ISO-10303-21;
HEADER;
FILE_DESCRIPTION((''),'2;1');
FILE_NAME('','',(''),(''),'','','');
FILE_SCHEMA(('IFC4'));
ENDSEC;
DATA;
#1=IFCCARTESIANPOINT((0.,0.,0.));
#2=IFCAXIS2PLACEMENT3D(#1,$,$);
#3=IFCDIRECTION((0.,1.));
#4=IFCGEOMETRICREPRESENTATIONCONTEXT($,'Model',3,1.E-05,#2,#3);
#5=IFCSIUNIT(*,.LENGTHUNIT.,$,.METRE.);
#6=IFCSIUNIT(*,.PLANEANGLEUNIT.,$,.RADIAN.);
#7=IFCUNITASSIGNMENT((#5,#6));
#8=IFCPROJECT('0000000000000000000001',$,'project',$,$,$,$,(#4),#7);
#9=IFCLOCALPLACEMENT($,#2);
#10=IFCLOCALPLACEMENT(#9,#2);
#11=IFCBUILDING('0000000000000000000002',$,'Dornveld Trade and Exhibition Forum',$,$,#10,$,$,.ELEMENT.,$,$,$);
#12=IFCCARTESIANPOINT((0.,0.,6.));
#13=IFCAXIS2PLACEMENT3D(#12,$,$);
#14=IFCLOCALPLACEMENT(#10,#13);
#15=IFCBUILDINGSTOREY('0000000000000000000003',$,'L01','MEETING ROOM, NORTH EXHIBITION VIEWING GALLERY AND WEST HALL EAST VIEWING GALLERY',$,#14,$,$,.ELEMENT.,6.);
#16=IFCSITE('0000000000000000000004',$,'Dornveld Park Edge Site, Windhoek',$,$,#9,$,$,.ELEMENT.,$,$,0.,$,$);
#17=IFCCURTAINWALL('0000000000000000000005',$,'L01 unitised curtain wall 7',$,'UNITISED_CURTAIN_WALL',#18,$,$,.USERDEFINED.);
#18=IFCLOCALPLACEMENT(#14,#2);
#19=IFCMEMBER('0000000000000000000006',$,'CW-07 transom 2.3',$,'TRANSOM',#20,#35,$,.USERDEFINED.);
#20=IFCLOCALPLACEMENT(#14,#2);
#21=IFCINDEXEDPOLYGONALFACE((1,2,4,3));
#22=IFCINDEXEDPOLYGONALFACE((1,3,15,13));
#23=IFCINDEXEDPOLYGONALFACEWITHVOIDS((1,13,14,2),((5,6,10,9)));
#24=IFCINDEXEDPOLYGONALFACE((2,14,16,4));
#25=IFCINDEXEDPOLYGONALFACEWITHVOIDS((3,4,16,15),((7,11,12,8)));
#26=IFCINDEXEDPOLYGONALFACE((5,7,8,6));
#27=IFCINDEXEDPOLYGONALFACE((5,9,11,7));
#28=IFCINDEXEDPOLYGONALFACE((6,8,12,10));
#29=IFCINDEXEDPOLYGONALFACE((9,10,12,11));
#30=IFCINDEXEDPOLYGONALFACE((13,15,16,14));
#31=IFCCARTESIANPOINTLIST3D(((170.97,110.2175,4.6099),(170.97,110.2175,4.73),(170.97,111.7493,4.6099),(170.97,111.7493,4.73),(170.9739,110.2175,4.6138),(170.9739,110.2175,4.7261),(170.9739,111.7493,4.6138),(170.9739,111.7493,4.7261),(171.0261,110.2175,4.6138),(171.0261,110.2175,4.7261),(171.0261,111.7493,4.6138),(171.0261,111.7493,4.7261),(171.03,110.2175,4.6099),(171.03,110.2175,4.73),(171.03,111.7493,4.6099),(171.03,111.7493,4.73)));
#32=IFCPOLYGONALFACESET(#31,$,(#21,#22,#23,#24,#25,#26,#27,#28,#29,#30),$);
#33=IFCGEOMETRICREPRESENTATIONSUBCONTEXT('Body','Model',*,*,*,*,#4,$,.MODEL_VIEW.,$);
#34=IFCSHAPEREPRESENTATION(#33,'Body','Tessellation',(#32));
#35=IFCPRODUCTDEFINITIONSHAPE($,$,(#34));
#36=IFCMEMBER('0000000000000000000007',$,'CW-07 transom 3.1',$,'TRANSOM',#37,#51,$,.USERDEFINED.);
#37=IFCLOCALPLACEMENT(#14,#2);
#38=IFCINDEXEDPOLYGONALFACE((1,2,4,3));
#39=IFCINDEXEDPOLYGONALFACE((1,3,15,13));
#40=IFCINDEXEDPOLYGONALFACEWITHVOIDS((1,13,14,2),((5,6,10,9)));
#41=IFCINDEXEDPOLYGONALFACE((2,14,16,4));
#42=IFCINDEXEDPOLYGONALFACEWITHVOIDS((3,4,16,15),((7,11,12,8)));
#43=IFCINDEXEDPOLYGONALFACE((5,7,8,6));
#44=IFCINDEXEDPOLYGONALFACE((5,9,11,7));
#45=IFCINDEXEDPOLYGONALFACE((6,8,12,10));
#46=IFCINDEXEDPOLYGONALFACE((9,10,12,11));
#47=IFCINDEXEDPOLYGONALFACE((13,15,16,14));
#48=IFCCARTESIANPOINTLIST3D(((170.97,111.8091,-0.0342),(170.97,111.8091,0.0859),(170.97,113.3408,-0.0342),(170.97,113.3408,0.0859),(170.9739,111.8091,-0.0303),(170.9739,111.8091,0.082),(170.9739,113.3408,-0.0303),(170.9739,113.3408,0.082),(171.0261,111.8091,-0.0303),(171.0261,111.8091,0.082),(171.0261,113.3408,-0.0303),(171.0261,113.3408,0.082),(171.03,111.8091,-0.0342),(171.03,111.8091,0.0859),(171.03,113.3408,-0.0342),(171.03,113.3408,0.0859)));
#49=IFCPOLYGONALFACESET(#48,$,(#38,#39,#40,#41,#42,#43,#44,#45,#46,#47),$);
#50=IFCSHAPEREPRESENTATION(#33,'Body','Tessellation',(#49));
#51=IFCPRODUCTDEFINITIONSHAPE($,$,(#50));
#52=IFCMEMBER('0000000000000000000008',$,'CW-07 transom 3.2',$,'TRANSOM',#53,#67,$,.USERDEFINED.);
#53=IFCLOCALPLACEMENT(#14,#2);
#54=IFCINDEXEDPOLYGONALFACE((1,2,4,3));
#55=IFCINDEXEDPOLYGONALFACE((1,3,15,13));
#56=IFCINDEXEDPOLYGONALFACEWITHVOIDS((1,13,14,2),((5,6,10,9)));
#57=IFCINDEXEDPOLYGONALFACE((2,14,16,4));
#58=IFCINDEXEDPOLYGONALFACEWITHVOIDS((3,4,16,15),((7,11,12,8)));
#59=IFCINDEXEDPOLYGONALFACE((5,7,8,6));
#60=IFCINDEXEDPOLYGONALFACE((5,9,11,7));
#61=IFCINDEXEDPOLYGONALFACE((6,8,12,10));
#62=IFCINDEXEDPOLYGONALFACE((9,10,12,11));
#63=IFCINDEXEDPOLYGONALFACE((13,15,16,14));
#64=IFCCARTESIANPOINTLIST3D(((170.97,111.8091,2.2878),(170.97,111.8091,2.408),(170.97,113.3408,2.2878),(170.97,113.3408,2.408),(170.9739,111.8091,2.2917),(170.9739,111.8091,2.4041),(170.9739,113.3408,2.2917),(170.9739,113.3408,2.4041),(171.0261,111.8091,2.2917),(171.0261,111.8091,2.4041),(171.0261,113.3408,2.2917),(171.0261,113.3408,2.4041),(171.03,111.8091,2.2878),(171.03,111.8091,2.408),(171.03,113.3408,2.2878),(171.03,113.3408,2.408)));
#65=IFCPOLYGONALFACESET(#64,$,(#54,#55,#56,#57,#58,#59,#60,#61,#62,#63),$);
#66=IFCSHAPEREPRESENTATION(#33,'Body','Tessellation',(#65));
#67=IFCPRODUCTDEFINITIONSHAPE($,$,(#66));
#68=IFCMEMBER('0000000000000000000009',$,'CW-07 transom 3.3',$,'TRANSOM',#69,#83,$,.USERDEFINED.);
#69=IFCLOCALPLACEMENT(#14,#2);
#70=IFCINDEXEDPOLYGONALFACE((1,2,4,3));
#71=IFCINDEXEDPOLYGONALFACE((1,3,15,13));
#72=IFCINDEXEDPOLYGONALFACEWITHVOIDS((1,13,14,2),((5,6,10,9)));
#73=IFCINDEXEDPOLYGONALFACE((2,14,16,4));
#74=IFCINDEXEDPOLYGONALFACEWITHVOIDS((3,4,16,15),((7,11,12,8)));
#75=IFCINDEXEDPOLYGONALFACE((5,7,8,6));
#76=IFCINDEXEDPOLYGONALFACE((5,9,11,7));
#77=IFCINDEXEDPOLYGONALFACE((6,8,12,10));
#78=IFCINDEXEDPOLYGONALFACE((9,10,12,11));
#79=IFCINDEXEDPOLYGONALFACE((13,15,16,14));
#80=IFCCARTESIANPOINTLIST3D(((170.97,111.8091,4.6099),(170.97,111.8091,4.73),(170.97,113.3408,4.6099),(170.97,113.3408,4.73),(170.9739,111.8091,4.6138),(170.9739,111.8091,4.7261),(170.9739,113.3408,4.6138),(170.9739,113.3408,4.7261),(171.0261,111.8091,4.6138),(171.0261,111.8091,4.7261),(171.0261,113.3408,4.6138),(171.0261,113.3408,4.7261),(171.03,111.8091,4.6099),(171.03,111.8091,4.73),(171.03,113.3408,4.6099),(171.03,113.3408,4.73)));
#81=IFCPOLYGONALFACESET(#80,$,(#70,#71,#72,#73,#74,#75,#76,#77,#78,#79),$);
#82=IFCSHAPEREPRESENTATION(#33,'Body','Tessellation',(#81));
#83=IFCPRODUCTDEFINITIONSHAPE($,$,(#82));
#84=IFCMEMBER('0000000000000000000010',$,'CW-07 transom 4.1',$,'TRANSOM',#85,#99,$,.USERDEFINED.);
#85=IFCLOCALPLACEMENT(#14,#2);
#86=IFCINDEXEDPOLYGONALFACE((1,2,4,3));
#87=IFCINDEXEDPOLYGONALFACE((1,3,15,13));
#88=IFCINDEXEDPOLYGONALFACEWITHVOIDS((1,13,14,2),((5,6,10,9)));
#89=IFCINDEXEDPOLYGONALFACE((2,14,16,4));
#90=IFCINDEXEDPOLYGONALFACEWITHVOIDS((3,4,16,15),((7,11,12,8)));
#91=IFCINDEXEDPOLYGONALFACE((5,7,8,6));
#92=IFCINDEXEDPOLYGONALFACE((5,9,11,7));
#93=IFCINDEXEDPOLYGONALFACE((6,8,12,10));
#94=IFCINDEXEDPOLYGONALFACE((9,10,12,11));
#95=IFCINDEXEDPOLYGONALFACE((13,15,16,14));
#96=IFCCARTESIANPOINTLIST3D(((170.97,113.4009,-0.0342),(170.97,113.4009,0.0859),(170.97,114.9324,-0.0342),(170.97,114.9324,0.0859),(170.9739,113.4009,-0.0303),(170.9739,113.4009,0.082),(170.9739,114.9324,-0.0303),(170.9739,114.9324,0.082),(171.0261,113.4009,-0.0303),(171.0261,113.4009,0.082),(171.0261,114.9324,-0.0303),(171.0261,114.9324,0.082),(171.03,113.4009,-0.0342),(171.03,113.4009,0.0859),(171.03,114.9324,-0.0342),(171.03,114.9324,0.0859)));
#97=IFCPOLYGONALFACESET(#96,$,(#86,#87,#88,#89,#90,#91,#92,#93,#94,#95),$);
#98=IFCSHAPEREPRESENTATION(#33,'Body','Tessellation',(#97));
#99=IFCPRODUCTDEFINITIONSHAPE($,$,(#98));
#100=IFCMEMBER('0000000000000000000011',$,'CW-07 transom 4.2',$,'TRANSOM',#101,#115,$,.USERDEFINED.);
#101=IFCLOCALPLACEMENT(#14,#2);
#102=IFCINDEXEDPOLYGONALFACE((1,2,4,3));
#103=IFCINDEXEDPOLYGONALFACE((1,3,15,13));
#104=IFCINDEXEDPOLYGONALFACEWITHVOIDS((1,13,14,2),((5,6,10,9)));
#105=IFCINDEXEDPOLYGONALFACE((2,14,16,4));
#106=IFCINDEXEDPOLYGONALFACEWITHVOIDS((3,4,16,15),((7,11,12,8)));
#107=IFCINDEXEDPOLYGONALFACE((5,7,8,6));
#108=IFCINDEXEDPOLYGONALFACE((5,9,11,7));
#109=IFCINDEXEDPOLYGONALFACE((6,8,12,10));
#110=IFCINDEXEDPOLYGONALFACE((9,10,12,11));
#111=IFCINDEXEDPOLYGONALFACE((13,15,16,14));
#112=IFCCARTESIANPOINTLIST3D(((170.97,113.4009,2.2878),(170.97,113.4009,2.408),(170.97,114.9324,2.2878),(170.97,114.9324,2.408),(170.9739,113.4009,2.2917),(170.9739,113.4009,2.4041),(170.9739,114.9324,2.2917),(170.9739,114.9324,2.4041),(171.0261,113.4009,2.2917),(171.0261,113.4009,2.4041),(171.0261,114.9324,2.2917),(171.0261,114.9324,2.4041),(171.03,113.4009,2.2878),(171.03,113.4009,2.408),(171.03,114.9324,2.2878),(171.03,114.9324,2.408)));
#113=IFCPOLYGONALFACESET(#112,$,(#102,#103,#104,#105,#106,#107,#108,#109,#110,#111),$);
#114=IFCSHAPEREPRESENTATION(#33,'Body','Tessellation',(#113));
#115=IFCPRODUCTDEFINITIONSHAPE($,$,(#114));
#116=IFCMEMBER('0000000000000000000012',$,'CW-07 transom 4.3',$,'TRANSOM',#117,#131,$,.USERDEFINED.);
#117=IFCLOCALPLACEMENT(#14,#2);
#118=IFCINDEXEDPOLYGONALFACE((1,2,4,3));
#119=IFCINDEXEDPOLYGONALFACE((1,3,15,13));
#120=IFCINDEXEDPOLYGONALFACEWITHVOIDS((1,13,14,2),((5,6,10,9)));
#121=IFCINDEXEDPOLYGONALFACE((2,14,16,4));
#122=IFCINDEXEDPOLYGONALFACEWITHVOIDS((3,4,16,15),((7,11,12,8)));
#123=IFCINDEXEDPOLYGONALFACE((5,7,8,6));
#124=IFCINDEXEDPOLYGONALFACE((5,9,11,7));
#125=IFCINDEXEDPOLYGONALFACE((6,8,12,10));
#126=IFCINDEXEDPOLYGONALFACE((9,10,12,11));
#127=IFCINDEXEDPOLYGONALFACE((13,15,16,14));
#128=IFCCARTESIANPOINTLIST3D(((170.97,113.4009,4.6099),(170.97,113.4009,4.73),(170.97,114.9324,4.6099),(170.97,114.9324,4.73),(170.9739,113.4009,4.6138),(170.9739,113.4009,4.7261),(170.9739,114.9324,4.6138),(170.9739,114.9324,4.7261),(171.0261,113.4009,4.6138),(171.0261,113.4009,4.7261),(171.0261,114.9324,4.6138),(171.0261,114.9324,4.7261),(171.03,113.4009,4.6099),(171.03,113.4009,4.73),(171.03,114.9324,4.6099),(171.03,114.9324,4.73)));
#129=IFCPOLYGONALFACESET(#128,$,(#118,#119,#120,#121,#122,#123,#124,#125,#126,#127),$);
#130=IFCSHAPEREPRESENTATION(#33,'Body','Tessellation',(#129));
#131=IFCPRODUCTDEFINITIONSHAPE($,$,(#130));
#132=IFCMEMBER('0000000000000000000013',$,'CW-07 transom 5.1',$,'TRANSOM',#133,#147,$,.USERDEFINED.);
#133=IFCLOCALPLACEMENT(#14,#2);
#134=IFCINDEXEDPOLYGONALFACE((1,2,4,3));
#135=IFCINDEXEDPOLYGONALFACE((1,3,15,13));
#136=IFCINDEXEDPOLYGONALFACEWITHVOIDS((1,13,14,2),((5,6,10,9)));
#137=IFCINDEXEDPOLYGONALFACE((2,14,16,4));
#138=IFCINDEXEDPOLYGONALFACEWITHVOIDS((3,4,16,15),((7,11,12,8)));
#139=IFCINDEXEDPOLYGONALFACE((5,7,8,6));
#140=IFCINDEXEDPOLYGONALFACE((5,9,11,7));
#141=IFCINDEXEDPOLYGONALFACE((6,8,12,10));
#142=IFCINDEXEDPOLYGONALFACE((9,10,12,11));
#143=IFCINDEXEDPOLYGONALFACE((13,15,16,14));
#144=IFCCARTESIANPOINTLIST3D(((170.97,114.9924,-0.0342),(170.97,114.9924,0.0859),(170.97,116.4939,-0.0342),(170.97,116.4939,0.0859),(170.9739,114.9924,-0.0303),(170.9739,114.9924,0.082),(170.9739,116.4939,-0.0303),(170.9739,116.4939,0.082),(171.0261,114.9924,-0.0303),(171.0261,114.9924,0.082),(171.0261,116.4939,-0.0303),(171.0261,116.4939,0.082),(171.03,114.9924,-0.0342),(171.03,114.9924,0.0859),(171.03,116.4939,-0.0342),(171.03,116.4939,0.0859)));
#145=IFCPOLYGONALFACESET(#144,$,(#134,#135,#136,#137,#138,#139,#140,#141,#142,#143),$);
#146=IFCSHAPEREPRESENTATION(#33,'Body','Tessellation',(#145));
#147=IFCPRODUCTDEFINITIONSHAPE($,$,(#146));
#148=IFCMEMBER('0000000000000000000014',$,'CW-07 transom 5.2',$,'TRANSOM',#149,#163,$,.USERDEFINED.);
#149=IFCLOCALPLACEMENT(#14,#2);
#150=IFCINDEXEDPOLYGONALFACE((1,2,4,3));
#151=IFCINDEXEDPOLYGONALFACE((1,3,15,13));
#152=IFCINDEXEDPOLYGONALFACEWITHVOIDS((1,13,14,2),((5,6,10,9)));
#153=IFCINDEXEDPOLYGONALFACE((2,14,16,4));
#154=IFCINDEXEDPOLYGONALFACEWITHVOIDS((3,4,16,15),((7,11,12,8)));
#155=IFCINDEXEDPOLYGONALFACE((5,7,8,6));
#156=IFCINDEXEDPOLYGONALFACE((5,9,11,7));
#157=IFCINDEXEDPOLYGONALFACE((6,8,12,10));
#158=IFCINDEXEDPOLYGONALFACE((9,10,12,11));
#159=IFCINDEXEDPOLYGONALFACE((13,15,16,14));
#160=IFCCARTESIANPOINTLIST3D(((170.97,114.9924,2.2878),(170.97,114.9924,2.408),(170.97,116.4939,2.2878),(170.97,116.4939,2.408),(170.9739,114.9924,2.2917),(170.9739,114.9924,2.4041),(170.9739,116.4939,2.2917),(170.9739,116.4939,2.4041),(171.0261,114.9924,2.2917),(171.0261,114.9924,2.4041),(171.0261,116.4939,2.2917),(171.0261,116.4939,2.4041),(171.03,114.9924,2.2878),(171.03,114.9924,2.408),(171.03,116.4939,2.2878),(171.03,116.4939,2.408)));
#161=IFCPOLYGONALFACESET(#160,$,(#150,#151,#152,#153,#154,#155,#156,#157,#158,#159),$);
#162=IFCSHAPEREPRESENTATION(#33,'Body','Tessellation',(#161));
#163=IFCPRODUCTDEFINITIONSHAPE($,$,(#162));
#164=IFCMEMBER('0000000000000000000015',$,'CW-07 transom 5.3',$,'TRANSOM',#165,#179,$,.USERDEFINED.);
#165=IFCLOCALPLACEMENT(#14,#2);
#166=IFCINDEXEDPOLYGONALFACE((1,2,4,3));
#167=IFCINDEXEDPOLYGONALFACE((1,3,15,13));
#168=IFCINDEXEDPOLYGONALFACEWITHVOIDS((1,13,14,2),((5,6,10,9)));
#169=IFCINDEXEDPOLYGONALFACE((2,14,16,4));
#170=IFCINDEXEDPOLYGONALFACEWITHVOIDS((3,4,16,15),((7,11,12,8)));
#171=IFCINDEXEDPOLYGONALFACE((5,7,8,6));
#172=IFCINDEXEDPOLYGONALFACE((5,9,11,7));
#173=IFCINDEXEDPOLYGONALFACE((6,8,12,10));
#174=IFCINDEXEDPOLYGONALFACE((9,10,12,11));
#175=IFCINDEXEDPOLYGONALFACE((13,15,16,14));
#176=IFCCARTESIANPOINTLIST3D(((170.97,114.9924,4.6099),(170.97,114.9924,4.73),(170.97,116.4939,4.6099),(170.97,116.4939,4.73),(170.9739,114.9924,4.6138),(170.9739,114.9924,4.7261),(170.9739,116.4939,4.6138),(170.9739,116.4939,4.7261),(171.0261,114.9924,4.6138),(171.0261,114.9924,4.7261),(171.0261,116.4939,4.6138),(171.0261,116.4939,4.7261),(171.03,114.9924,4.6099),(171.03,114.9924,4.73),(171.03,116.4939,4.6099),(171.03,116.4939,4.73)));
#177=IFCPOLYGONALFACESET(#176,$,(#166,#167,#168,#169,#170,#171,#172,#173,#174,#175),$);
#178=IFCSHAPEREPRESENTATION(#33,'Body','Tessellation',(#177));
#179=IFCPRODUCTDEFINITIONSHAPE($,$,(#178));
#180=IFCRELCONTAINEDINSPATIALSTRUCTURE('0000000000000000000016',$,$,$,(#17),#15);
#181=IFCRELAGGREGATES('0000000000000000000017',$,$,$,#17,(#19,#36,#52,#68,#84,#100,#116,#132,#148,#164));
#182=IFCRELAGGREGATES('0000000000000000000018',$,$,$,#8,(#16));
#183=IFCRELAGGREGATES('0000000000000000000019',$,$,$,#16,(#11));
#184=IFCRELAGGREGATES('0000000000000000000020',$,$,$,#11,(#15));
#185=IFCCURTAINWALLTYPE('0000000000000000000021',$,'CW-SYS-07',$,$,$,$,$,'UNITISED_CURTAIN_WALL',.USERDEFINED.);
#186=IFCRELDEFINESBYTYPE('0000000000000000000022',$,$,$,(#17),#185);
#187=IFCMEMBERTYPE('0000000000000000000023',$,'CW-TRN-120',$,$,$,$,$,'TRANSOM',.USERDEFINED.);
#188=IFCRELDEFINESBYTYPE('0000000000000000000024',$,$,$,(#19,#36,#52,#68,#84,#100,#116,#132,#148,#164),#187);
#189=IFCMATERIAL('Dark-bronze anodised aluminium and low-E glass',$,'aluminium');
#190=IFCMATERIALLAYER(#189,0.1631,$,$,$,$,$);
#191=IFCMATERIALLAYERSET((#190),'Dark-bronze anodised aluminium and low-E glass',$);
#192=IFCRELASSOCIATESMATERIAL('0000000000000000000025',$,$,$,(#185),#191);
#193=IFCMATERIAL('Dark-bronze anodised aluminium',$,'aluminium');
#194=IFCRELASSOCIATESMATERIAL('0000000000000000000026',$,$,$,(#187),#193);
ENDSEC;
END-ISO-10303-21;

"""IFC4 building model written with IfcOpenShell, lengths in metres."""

from ifc_helpers import new_model, si_unit, direction, frame, origin, origin_2d, place, context, subcontext, project, spatial, hollow_rectangle, extrude, material, layer, layer_set, material_profile, profile_set, type_object, element, aggregate, save


model = new_model("IFC4")

# Units and contexts
model_context = context("Model", 3, precision=1e-05, world=origin(), true_north=direction((0.0, 1.0)))
body_context = subcontext(model_context, "Body", "Model", "MODEL_VIEW")
ifc_project = project(units=[si_unit("LENGTHUNIT", "METRE"), si_unit("PLANEANGLEUNIT", "RADIAN")], contexts=[model_context])

# Site, building, storey
site_placement = place(None, origin())
site = spatial("IfcSite", under=ifc_project, at=site_placement, Name="Dornveld Park Edge Site, Windhoek", CompositionType="ELEMENT", RefElevation=0.0)
building_placement = place(site_placement, origin())
building = spatial("IfcBuilding", under=site, at=building_placement, Name="Dornveld Trade and Exhibition Forum", CompositionType="ELEMENT")
storey_placement = place(building_placement, frame((0.0, 0.0, 6.0)))
storey = spatial("IfcBuildingStorey", under=building, at=storey_placement, Name="L01", Description="MEETING ROOM, NORTH EXHIBITION VIEWING GALLERY AND WEST HALL EAST VIEWING GALLERY", CompositionType="ELEMENT", Elevation=6.0)

# Curtain wall, members
ifc_material_1 = material(Name="Dark-bronze anodised aluminium and low-E glass", Category="aluminium")
ifc_layer_1 = layer(ifc_material_1, 0.1631)
ifc_layer_set_1 = layer_set([ifc_layer_1], Name="Dark-bronze anodised aluminium and low-E glass")
curtain_wall_type = type_object("IfcCurtainWallType", Name="CW-SYS-07", ElementType="UNITISED_CURTAIN_WALL", PredefinedType="USERDEFINED", material=ifc_layer_set_1)
curtain_wall_placement = place(storey_placement, origin())
curtain_wall = element("IfcCurtainWall", 1, at=curtain_wall_placement, inside=storey, type_object=curtain_wall_type, Name="L01 unitised curtain wall 7", ObjectType="UNITISED_CURTAIN_WALL", PredefinedType="USERDEFINED")
ifc_material_2 = material(Name="Dark-bronze anodised aluminium", Category="aluminium")
ifc_material_profile_1 = material_profile(ifc_material_2, hollow_rectangle(XDim=0.0601, YDim=0.1201, WallThickness=0.0039, at=origin_2d()), Name="RHS 120x60x4")
ifc_profile_set_1 = profile_set([ifc_material_profile_1], Name="Dark-bronze anodised aluminium")
member_type_1 = type_object("IfcMemberType", Name="CW-TRN-120", ElementType="TRANSOM", PredefinedType="USERDEFINED", material=ifc_profile_set_1)
member_1_placement = place(storey_placement, frame((171.0, 110.2175, 4.6699), z_axis=(0.0, 1.0, 0.0), x_axis=(-1.0, 0.0, 0.0)))
member_1 = element("IfcMember", 2, at=member_1_placement, type_object=member_type_1, Name="CW-07 transom 2.3", ObjectType="TRANSOM", PredefinedType="USERDEFINED", context=body_context, shape_type="SweptSolid", body=[
    extrude(hollow_rectangle(XDim=0.0601, YDim=0.1201, WallThickness=0.0039, at=origin_2d()), origin(), (0.0, 0.0, 1.0), 1.5317),
])
member_2_placement = place(storey_placement, frame((171.0, 111.8091, 0.0259), z_axis=(0.0, 1.0, 0.0), x_axis=(-1.0, 0.0, 0.0)))
member_2 = element("IfcMember", 3, at=member_2_placement, type_object=member_type_1, Name="CW-07 transom 3.1", ObjectType="TRANSOM", PredefinedType="USERDEFINED", context=body_context, shape_type="SweptSolid", body=[
    extrude(hollow_rectangle(XDim=0.0601, YDim=0.1201, WallThickness=0.0039, at=origin_2d()), origin(), (0.0, 0.0, 1.0), 1.5317),
])
member_3_placement = place(storey_placement, frame((171.0, 111.8091, 2.3479), z_axis=(0.0, 1.0, 0.0), x_axis=(-1.0, 0.0, 0.0)))
member_3 = element("IfcMember", 4, at=member_3_placement, type_object=member_type_1, Name="CW-07 transom 3.2", ObjectType="TRANSOM", PredefinedType="USERDEFINED", context=body_context, shape_type="SweptSolid", body=[
    extrude(hollow_rectangle(XDim=0.0601, YDim=0.1201, WallThickness=0.0039, at=origin_2d()), origin(), (0.0, 0.0, 1.0), 1.5317),
])
member_4_placement = place(storey_placement, frame((171.0, 111.8091, 4.6699), z_axis=(0.0, 1.0, 0.0), x_axis=(-1.0, 0.0, 0.0)))
member_4 = element("IfcMember", 5, at=member_4_placement, type_object=member_type_1, Name="CW-07 transom 3.3", ObjectType="TRANSOM", PredefinedType="USERDEFINED", context=body_context, shape_type="SweptSolid", body=[
    extrude(hollow_rectangle(XDim=0.0601, YDim=0.1201, WallThickness=0.0039, at=origin_2d()), origin(), (0.0, 0.0, 1.0), 1.5317),
])
member_5_placement = place(storey_placement, frame((171.0, 113.4009, 0.0259), z_axis=(0.0, 1.0, 0.0), x_axis=(-1.0, 0.0, 0.0)))
member_5 = element("IfcMember", 6, at=member_5_placement, type_object=member_type_1, Name="CW-07 transom 4.1", ObjectType="TRANSOM", PredefinedType="USERDEFINED", context=body_context, shape_type="SweptSolid", body=[
    extrude(hollow_rectangle(XDim=0.0601, YDim=0.1201, WallThickness=0.0039, at=origin_2d()), origin(), (0.0, 0.0, 1.0), 1.5315),
])
member_6_placement = place(storey_placement, frame((171.0, 113.4009, 2.3479), z_axis=(0.0, 1.0, 0.0), x_axis=(-1.0, 0.0, 0.0)))
member_6 = element("IfcMember", 7, at=member_6_placement, type_object=member_type_1, Name="CW-07 transom 4.2", ObjectType="TRANSOM", PredefinedType="USERDEFINED", context=body_context, shape_type="SweptSolid", body=[
    extrude(hollow_rectangle(XDim=0.0601, YDim=0.1201, WallThickness=0.0039, at=origin_2d()), origin(), (0.0, 0.0, 1.0), 1.5315),
])
member_7_placement = place(storey_placement, frame((171.0, 113.4009, 4.6699), z_axis=(0.0, 1.0, 0.0), x_axis=(-1.0, 0.0, 0.0)))
member_7 = element("IfcMember", 8, at=member_7_placement, type_object=member_type_1, Name="CW-07 transom 4.3", ObjectType="TRANSOM", PredefinedType="USERDEFINED", context=body_context, shape_type="SweptSolid", body=[
    extrude(hollow_rectangle(XDim=0.0601, YDim=0.1201, WallThickness=0.0039, at=origin_2d()), origin(), (0.0, 0.0, 1.0), 1.5315),
])
member_8_placement = place(storey_placement, frame((171.0, 114.9924, 0.0259), z_axis=(0.0, 1.0, 0.0), x_axis=(-1.0, 0.0, 0.0)))
member_8 = element("IfcMember", 9, at=member_8_placement, type_object=member_type_1, Name="CW-07 transom 5.1", ObjectType="TRANSOM", PredefinedType="USERDEFINED", context=body_context, shape_type="SweptSolid", body=[
    extrude(hollow_rectangle(XDim=0.0601, YDim=0.1201, WallThickness=0.0039, at=origin_2d()), origin(), (0.0, 0.0, 1.0), 1.5015),
])
member_9_placement = place(storey_placement, frame((171.0, 114.9924, 2.3479), z_axis=(0.0, 1.0, 0.0), x_axis=(-1.0, 0.0, 0.0)))
member_9 = element("IfcMember", 10, at=member_9_placement, type_object=member_type_1, Name="CW-07 transom 5.2", ObjectType="TRANSOM", PredefinedType="USERDEFINED", context=body_context, shape_type="SweptSolid", body=[
    extrude(hollow_rectangle(XDim=0.0601, YDim=0.1201, WallThickness=0.0039, at=origin_2d()), origin(), (0.0, 0.0, 1.0), 1.5015),
])
member_10_placement = place(storey_placement, frame((171.0, 114.9924, 4.6699), z_axis=(0.0, 1.0, 0.0), x_axis=(-1.0, 0.0, 0.0)))
member_10 = element("IfcMember", 11, at=member_10_placement, type_object=member_type_1, Name="CW-07 transom 5.3", ObjectType="TRANSOM", PredefinedType="USERDEFINED", context=body_context, shape_type="SweptSolid", body=[
    extrude(hollow_rectangle(XDim=0.0601, YDim=0.1201, WallThickness=0.0039, at=origin_2d()), origin(), (0.0, 0.0, 1.0), 1.5015),
])

aggregate(curtain_wall, [member_1, member_2, member_3, member_4, member_5, member_6, member_7, member_8, member_9, member_10])

save(model, "model.ifc")
